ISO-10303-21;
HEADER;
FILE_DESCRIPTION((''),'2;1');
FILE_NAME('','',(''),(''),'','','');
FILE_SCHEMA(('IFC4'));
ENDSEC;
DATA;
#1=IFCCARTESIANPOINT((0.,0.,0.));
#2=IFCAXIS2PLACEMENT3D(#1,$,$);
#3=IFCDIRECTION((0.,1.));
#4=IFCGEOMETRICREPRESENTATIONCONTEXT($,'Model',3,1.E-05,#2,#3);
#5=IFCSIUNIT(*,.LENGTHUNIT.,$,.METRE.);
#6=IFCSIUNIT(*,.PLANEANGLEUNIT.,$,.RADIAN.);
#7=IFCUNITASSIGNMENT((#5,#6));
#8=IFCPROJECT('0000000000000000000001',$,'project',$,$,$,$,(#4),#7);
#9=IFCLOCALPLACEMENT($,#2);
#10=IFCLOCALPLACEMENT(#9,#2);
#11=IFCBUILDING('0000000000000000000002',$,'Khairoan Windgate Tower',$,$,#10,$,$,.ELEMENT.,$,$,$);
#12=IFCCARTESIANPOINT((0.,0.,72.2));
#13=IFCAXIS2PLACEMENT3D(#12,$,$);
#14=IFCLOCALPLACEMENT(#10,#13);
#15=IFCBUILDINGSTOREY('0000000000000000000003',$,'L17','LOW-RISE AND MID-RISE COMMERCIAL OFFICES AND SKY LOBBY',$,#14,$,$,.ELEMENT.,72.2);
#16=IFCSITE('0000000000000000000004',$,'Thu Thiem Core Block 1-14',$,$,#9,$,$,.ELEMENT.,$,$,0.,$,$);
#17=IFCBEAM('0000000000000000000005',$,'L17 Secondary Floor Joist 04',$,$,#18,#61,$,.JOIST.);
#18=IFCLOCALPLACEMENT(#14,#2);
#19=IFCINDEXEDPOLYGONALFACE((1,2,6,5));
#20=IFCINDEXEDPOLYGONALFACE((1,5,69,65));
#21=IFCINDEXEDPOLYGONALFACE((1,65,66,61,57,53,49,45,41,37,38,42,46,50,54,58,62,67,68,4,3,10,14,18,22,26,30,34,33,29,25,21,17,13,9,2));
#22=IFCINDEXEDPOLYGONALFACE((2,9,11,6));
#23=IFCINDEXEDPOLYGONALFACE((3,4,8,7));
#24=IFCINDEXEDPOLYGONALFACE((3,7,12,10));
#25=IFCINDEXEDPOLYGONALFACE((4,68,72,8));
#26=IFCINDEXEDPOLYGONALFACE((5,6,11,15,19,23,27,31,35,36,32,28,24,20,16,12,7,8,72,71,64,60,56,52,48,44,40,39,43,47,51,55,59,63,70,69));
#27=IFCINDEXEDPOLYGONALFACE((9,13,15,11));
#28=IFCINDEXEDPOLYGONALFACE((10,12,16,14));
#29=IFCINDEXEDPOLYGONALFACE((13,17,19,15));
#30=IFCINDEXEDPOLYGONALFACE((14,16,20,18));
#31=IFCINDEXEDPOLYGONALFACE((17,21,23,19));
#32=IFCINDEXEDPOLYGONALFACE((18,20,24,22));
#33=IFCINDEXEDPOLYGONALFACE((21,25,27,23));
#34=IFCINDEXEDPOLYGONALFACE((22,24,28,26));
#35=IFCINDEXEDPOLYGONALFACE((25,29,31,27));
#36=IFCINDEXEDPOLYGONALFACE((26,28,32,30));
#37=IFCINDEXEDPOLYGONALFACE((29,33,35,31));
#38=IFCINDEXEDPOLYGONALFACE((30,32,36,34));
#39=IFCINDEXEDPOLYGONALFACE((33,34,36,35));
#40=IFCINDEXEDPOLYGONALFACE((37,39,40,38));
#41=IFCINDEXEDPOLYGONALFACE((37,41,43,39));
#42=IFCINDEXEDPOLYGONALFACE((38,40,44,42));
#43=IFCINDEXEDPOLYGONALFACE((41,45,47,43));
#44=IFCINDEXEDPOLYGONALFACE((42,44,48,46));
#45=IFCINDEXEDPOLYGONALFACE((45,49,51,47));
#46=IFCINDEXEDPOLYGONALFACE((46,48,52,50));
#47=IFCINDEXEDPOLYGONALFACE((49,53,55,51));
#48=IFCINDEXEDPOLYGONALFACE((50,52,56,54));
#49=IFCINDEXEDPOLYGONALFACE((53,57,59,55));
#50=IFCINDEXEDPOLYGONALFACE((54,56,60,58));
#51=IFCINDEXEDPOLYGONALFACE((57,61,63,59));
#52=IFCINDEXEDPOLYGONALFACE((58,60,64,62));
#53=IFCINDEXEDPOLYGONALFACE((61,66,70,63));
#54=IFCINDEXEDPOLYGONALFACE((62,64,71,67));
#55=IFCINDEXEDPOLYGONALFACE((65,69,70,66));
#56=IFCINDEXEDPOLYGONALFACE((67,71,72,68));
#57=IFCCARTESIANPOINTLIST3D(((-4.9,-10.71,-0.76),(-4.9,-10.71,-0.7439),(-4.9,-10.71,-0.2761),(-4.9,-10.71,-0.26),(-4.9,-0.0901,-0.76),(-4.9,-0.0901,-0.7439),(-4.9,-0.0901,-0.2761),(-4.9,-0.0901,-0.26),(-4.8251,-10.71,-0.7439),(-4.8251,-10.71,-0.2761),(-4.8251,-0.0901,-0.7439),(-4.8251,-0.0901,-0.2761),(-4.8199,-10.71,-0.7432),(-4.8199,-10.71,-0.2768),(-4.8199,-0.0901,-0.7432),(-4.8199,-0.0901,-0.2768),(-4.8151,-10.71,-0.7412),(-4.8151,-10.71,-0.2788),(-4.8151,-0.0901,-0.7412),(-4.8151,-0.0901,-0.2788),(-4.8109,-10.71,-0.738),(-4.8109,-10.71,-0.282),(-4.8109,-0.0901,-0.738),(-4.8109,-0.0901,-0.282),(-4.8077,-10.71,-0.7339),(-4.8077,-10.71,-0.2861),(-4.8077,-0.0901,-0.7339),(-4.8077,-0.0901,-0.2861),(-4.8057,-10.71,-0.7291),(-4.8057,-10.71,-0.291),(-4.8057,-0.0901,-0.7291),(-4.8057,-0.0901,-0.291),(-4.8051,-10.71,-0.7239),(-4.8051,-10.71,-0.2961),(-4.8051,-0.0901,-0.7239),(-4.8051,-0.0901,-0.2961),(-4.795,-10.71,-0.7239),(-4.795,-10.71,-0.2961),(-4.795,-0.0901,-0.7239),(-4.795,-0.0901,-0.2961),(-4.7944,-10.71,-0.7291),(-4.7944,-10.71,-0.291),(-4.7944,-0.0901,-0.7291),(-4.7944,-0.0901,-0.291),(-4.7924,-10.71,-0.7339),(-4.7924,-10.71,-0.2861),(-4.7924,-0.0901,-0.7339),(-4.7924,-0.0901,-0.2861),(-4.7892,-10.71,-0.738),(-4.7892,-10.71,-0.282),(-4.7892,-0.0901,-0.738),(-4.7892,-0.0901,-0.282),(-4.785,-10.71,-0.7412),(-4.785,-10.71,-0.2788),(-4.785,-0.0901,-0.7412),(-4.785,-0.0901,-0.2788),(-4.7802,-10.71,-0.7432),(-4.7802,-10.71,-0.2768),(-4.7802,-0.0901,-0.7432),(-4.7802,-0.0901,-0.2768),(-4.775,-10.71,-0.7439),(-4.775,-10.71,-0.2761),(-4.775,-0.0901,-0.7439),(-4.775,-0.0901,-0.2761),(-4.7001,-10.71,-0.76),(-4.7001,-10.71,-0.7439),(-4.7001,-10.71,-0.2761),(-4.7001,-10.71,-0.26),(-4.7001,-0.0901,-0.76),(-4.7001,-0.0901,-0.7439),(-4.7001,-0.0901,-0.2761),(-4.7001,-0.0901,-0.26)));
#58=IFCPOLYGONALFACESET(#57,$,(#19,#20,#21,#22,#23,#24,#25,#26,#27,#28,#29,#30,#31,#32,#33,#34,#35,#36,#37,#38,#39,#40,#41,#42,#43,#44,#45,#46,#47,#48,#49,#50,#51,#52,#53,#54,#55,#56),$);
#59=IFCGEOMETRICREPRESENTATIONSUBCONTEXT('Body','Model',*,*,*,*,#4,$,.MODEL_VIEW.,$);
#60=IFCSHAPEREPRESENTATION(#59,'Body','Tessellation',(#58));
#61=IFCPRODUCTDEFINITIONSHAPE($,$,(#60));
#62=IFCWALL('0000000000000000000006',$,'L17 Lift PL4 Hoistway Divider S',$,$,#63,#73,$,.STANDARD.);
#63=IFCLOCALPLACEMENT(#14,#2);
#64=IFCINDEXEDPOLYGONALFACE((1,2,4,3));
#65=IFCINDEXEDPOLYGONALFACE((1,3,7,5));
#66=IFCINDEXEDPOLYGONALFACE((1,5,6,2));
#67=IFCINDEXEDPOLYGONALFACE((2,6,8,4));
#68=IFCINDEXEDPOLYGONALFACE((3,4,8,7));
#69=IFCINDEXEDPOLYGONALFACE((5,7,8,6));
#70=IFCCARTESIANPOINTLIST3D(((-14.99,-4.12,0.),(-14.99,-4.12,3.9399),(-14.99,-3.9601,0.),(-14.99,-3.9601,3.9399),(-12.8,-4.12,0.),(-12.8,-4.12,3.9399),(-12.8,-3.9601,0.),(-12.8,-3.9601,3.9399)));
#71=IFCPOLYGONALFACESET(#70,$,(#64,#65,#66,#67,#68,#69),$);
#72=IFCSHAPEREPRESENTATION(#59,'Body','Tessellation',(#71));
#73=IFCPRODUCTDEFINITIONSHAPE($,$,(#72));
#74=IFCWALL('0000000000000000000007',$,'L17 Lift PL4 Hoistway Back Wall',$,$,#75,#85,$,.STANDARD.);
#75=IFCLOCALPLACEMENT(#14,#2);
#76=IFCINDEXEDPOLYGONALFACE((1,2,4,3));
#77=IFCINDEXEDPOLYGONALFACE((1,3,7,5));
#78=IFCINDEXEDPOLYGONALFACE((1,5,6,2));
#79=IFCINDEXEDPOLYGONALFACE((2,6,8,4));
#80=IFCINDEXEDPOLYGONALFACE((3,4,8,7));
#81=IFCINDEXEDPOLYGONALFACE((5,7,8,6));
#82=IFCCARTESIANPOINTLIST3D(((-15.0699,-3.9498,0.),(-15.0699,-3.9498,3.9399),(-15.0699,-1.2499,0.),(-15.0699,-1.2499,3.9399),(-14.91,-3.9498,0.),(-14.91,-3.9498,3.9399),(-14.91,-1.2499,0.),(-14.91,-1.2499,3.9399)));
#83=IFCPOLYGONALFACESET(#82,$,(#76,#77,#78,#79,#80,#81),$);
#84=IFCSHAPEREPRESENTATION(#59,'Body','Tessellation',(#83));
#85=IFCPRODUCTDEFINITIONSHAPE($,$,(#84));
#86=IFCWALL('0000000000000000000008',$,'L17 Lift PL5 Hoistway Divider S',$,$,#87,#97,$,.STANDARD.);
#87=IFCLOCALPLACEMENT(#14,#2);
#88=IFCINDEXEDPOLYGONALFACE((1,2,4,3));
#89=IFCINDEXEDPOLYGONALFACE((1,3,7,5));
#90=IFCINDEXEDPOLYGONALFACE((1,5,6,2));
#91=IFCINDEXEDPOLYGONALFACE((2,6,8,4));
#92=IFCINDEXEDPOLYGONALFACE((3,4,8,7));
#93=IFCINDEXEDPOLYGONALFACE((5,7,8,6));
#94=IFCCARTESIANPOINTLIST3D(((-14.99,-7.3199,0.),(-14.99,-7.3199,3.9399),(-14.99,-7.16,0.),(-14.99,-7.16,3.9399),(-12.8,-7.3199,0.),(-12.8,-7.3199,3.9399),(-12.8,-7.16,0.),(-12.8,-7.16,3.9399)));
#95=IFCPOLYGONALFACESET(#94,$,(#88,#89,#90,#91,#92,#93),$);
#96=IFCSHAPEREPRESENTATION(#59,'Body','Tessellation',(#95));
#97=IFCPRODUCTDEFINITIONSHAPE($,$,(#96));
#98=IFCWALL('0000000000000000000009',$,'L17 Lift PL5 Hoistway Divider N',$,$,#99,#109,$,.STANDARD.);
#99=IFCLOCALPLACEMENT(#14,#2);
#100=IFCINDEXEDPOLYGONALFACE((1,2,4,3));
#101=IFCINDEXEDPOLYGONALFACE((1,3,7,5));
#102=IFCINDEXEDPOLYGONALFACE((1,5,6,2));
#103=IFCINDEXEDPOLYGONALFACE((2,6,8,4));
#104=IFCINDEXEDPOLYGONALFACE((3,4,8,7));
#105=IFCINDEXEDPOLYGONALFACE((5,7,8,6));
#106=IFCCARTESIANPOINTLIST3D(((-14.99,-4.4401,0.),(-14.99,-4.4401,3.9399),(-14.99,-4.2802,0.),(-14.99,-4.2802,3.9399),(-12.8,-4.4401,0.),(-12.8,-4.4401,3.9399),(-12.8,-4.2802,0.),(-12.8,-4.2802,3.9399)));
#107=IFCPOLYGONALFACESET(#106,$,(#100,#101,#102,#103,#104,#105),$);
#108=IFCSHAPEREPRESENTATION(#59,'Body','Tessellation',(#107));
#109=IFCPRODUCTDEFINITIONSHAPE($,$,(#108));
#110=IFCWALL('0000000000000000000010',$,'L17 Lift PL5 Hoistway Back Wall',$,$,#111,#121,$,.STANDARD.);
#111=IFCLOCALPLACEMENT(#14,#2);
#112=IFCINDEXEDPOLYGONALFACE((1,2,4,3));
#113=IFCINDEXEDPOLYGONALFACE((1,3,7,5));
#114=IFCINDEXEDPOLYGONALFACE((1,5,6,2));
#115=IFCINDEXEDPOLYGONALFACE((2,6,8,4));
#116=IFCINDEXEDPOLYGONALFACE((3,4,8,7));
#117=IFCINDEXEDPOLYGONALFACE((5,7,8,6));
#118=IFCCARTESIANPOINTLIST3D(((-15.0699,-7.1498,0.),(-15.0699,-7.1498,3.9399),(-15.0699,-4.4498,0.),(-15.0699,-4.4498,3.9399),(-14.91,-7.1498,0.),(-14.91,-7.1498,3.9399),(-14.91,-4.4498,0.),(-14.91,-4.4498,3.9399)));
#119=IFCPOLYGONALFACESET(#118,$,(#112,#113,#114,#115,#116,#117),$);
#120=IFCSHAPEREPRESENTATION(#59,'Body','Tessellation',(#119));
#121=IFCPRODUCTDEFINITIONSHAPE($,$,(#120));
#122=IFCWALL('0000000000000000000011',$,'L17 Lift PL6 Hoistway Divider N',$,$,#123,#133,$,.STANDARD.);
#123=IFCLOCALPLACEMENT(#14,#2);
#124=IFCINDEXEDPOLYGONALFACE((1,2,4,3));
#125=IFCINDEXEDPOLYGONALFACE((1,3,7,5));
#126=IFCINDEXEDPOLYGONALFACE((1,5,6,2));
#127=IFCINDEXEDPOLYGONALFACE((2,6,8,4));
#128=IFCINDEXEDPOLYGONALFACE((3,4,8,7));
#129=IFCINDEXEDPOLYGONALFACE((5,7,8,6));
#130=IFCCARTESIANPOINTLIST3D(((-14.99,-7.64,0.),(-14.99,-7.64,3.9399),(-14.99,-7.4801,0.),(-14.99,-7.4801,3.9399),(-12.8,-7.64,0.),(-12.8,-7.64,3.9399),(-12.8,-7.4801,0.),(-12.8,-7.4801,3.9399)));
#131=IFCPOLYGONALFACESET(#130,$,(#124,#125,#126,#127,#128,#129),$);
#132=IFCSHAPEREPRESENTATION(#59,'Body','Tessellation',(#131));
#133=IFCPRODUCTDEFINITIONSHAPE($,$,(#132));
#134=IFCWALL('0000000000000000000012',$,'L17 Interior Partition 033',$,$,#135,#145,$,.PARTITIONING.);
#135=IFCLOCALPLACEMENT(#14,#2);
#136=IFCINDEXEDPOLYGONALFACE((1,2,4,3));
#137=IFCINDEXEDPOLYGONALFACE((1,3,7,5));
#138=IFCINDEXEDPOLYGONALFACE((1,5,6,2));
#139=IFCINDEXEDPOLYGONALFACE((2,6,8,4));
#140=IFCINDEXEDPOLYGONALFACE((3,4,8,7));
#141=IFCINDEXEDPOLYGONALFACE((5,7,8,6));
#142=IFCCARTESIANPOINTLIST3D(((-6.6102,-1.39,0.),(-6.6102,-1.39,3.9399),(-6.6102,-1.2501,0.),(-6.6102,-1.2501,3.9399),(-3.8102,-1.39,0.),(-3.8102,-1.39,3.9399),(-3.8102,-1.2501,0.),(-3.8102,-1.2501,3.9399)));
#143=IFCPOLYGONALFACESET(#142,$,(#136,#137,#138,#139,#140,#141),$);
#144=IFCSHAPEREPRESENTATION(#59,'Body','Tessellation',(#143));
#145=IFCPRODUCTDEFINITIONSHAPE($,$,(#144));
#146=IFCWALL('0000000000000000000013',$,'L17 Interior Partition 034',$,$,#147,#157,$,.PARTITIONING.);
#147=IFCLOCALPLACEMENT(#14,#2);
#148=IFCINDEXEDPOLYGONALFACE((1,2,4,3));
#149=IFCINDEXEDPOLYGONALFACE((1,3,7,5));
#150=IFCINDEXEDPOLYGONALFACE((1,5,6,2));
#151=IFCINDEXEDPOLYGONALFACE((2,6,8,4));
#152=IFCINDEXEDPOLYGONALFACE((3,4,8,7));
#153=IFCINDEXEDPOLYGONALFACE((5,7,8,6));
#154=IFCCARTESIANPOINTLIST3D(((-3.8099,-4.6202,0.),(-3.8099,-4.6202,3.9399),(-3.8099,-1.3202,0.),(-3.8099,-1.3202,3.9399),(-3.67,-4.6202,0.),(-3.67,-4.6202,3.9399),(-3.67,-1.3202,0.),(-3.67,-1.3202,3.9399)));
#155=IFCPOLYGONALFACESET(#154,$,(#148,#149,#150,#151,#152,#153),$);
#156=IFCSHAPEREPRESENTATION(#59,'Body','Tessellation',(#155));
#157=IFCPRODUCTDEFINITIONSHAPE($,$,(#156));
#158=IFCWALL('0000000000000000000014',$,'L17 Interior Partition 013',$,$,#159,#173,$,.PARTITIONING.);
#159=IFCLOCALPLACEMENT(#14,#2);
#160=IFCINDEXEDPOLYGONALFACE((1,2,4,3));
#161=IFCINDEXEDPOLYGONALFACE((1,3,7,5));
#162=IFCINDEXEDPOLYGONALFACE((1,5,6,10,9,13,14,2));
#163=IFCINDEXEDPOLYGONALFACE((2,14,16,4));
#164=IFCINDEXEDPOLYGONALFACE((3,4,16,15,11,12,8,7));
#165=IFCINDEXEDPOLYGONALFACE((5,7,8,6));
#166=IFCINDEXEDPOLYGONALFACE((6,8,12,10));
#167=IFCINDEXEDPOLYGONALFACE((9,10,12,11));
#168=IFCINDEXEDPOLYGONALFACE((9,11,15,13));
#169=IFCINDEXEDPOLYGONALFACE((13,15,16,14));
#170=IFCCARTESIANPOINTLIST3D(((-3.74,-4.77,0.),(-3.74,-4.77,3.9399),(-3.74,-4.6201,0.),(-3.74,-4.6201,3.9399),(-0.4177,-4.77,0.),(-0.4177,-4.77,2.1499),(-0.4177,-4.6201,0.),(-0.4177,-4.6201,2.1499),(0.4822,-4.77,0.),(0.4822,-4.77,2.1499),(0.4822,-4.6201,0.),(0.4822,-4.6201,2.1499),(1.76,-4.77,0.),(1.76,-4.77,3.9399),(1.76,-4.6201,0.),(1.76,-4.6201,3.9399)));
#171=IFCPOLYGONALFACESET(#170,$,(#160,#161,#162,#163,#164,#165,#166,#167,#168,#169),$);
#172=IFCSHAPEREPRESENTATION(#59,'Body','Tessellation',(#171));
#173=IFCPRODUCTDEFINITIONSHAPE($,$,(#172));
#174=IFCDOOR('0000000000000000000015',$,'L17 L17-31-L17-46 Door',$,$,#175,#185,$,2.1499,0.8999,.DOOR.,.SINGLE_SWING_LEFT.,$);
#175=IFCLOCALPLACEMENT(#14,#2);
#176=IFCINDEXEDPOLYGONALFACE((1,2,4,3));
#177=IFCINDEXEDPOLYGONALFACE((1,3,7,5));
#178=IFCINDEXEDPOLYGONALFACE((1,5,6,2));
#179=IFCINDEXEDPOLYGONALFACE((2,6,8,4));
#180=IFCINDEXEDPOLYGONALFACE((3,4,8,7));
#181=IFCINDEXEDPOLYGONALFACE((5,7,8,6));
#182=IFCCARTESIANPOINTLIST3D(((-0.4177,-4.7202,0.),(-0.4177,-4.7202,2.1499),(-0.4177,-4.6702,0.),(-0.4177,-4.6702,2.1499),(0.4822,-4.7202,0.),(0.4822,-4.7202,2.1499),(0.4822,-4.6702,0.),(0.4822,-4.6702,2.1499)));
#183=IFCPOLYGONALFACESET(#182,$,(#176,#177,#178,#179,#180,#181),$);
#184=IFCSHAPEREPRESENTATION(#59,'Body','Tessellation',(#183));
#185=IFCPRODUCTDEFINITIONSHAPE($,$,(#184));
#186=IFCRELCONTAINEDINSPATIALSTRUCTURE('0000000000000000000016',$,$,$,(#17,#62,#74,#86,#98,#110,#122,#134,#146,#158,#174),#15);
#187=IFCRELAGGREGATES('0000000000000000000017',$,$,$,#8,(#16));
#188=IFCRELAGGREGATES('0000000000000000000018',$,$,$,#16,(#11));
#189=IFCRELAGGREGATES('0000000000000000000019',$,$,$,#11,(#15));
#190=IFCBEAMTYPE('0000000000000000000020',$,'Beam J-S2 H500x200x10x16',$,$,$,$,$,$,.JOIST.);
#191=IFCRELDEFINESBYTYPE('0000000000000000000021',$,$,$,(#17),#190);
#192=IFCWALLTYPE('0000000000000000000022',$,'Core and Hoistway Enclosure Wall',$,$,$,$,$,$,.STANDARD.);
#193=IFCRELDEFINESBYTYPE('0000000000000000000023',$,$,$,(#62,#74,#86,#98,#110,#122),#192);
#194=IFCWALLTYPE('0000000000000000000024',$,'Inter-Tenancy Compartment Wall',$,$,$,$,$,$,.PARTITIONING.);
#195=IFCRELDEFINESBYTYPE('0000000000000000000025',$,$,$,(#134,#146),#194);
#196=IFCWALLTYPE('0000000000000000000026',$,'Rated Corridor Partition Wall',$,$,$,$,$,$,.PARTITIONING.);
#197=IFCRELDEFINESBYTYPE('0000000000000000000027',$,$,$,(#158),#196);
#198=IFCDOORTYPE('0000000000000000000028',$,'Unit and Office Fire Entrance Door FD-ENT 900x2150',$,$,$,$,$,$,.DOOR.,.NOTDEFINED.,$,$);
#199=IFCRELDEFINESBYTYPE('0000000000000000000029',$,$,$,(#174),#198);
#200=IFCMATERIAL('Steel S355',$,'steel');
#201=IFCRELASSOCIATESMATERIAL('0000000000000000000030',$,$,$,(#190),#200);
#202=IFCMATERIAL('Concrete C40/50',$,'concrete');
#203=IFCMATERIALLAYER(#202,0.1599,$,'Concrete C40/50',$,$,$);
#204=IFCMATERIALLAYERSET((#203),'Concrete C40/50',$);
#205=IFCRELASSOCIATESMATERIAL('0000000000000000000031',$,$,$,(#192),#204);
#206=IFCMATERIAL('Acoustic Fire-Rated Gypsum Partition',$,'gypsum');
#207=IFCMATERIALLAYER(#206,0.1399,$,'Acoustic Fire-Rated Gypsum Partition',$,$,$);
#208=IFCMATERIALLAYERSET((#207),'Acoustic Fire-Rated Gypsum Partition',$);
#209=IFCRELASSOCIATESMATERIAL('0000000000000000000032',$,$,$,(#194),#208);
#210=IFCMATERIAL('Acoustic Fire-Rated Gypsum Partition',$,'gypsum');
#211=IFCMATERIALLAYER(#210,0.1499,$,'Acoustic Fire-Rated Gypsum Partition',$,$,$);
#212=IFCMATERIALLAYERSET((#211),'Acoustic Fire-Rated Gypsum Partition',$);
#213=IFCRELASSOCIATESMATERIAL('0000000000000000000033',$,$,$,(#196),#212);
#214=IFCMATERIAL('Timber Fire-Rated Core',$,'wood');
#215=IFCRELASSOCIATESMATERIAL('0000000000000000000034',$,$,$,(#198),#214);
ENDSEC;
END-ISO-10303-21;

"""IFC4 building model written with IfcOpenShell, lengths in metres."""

from ifc_helpers import new_model, si_unit, direction, frame, frame_2d, origin, origin_2d, place, context, subcontext, project, spatial, rectangle, i_section, extrude, material, layer, layer_set, material_profile, profile_set, type_object, element, fill, save


model = new_model("IFC4")

# Units and contexts
model_context = context("Model", 3, precision=1e-05, world=origin(), true_north=direction((0.0, 1.0)))
body_context = subcontext(model_context, "Body", "Model", "MODEL_VIEW")
ifc_project = project(units=[si_unit("LENGTHUNIT", "METRE"), si_unit("PLANEANGLEUNIT", "RADIAN")], contexts=[model_context])

# Site, building, storey
site_placement = place(None, origin())
site = spatial("IfcSite", under=ifc_project, at=site_placement, Name="Thu Thiem Core Block 1-14", CompositionType="ELEMENT", RefElevation=0.0)
building_placement = place(site_placement, origin())
building = spatial("IfcBuilding", under=site, at=building_placement, Name="Khairoan Windgate Tower", CompositionType="ELEMENT")
storey_placement = place(building_placement, frame((0.0, 0.0, 72.2)))
storey = spatial("IfcBuildingStorey", under=building, at=storey_placement, Name="L17", Description="LOW-RISE AND MID-RISE COMMERCIAL OFFICES AND SKY LOBBY", CompositionType="ELEMENT", Elevation=72.2)

# Beam
ifc_material_1 = material(Name="Steel S355", Category="steel")
ifc_material_profile_1 = material_profile(ifc_material_1, i_section(OverallWidth=0.2, OverallDepth=0.5, WebThickness=0.01, FlangeThickness=0.0161, FilletRadius=0.02, at=origin_2d()))
ifc_profile_set_1 = profile_set([ifc_material_profile_1], Name="Steel S355")
beam_type_1 = type_object("IfcBeamType", Name="Beam J-S2 H500x200x10x16", PredefinedType="JOIST", material=ifc_profile_set_1)
beam_1_placement = place(storey_placement, frame((-4.8, -10.71, -0.51), z_axis=(0.0, 1.0, 0.0), x_axis=(-1.0, 0.0, 0.0)))
element("IfcBeam", 1, at=beam_1_placement, inside=storey, type_object=beam_type_1, Name="L17 Secondary Floor Joist 04", PredefinedType="JOIST", context=body_context, shape_type="SweptSolid", body=[
    extrude(i_section(OverallWidth=0.2, OverallDepth=0.5, WebThickness=0.01, FlangeThickness=0.0161, FilletRadius=0.02, at=origin_2d()), origin(), (0.0, 0.0, 1.0), 10.6199),
])

# Walls
ifc_material_2 = material(Name="Concrete C40/50", Category="concrete")
ifc_layer_1 = layer(ifc_material_2, 0.1599, Name="Concrete C40/50")
ifc_layer_set_1 = layer_set([ifc_layer_1], Name="Concrete C40/50")
wall_type_1 = type_object("IfcWallType", Name="Core and Hoistway Enclosure Wall", PredefinedType="STANDARD", material=ifc_layer_set_1)
wall_1_placement = place(storey_placement, frame((-14.99, -4.04, 0.0), z_axis=(0.0, 0.0, 1.0), x_axis=(1.0, 0.0, 0.0)))
element("IfcWall", 2, at=wall_1_placement, inside=storey, type_object=wall_type_1, Name="L17 Lift PL4 Hoistway Divider S", PredefinedType="STANDARD", context=body_context, shape_type="SweptSolid", body=[
    extrude(rectangle(XDim=2.1899, YDim=0.1599, at=frame_2d((1.095, 0.0))), origin(), (0.0, 0.0, 1.0), 3.9399),
])
wall_2_placement = place(storey_placement, frame((-14.99, -3.95, 0.0), z_axis=(0.0, 0.0, 1.0), x_axis=(0.0, 1.0, 0.0)))
element("IfcWall", 3, at=wall_2_placement, inside=storey, type_object=wall_type_1, Name="L17 Lift PL4 Hoistway Back Wall", PredefinedType="STANDARD", context=body_context, shape_type="SweptSolid", body=[
    extrude(rectangle(XDim=2.7, YDim=0.1599, at=frame_2d((1.3501, 0.0))), origin(), (0.0, 0.0, 1.0), 3.9399),
])
for number, where, z_axis, x_axis, name in (
    (4, (-14.99, -7.24, 0.0), (0.0, 0.0, 1.0), (1.0, 0.0, 0.0), "L17 Lift PL5 Hoistway Divider S"),
    (5, (-14.99, -4.3601, 0.0), (0.0, 0.0, 1.0), (1.0, 0.0, 0.0), "L17 Lift PL5 Hoistway Divider N"),
):
    element("IfcWall", number, at=place(storey_placement, frame(where, z_axis=z_axis, x_axis=x_axis)), inside=storey, type_object=wall_type_1, Name=name, PredefinedType="STANDARD", context=body_context, shape_type="SweptSolid", body=[
        extrude(rectangle(XDim=2.1899, YDim=0.1599, at=frame_2d((1.095, 0.0))), origin(), (0.0, 0.0, 1.0), 3.9399),
    ])
wall_3_placement = place(storey_placement, frame((-14.99, -7.1499, 0.0), z_axis=(0.0, 0.0, 1.0), x_axis=(0.0, 1.0, 0.0)))
element("IfcWall", 6, at=wall_3_placement, inside=storey, type_object=wall_type_1, Name="L17 Lift PL5 Hoistway Back Wall", PredefinedType="STANDARD", context=body_context, shape_type="SweptSolid", body=[
    extrude(rectangle(XDim=2.7, YDim=0.1599, at=frame_2d((1.3501, 0.0))), origin(), (0.0, 0.0, 1.0), 3.9399),
])
wall_4_placement = place(storey_placement, frame((-14.99, -7.5601, 0.0), z_axis=(0.0, 0.0, 1.0), x_axis=(1.0, 0.0, 0.0)))
element("IfcWall", 7, at=wall_4_placement, inside=storey, type_object=wall_type_1, Name="L17 Lift PL6 Hoistway Divider N", PredefinedType="STANDARD", context=body_context, shape_type="SweptSolid", body=[
    extrude(rectangle(XDim=2.1899, YDim=0.1599, at=frame_2d((1.095, 0.0))), origin(), (0.0, 0.0, 1.0), 3.9399),
])
ifc_material_3 = material(Name="Acoustic Fire-Rated Gypsum Partition", Category="gypsum")
ifc_layer_2 = layer(ifc_material_3, 0.1399, Name="Acoustic Fire-Rated Gypsum Partition")
ifc_layer_set_2 = layer_set([ifc_layer_2], Name="Acoustic Fire-Rated Gypsum Partition")
wall_type_2 = type_object("IfcWallType", Name="Inter-Tenancy Compartment Wall", PredefinedType="PARTITIONING", material=ifc_layer_set_2)
wall_5_placement = place(storey_placement, frame((-6.6101, -1.3201, 0.0), z_axis=(0.0, 0.0, 1.0), x_axis=(1.0, 0.0, 0.0)))
element("IfcWall", 8, at=wall_5_placement, inside=storey, type_object=wall_type_2, Name="L17 Interior Partition 033", PredefinedType="PARTITIONING", context=body_context, shape_type="SweptSolid", body=[
    extrude(rectangle(XDim=2.8, YDim=0.1399, at=frame_2d((1.3999, 0.0))), origin(), (0.0, 0.0, 1.0), 3.9399),
])
wall_6_placement = place(storey_placement, frame((-3.74, -4.6201, 0.0), z_axis=(0.0, 0.0, 1.0), x_axis=(0.0, 1.0, 0.0)))
element("IfcWall", 9, at=wall_6_placement, inside=storey, type_object=wall_type_2, Name="L17 Interior Partition 034", PredefinedType="PARTITIONING", context=body_context, shape_type="SweptSolid", body=[
    extrude(rectangle(XDim=3.3, YDim=0.1399, at=frame_2d((1.6499, 0.0))), origin(), (0.0, 0.0, 1.0), 3.9399),
])

# Wall, opening, door
ifc_material_4 = material(Name="Acoustic Fire-Rated Gypsum Partition", Category="gypsum")
ifc_layer_3 = layer(ifc_material_4, 0.1499, Name="Acoustic Fire-Rated Gypsum Partition")
ifc_layer_set_3 = layer_set([ifc_layer_3], Name="Acoustic Fire-Rated Gypsum Partition")
wall_type_3 = type_object("IfcWallType", Name="Rated Corridor Partition Wall", PredefinedType="PARTITIONING", material=ifc_layer_set_3)
ifc_material_5 = material(Name="Timber Fire-Rated Core", Category="wood")
door_type = type_object("IfcDoorType", Name="Unit and Office Fire Entrance Door FD-ENT 900x2150", OperationType="NOTDEFINED", PredefinedType="DOOR", material=ifc_material_5)
wall_7_placement = place(storey_placement, frame((-3.74, -4.6951, 0.0), z_axis=(0.0, 0.0, 1.0), x_axis=(1.0, 0.0, 0.0)))
wall_7 = element("IfcWall", 10, at=wall_7_placement, inside=storey, type_object=wall_type_3, Name="L17 Interior Partition 013", PredefinedType="PARTITIONING", context=body_context, shape_type="SweptSolid", body=[
    extrude(rectangle(XDim=5.5, YDim=0.1499, at=frame_2d((2.75, 0.0))), origin(), (0.0, 0.0, 1.0), 3.9399),
])
opening_1_placement = place(wall_7_placement, frame((3.3223, 0.0, 0.0)))
opening_1 = element("IfcOpeningElement", 11, at=opening_1_placement, cuts=wall_7, PredefinedType="OPENING", context=body_context, shape_type="SweptSolid", body=[
    extrude(rectangle(XDim=0.8999, YDim=2.1499, at=frame_2d((0.45, 1.075))), frame((0.0, 0.085, 0.0), z_axis=(0.0, -1.0, 0.0), x_axis=(1.0, 0.0, 0.0)), (0.0, 0.0, 1.0), 0.1699),
])
door_1_placement = place(opening_1_placement, origin())
door_1 = element("IfcDoor", 12, at=door_1_placement, inside=storey, type_object=door_type, Name="L17 L17-31-L17-46 Door", OperationType="SINGLE_SWING_LEFT", OverallHeight=2.1499, OverallWidth=0.8999, PredefinedType="DOOR", context=body_context, shape_type="SweptSolid", body=[
    extrude(rectangle(XDim=0.8999, YDim=2.1499, at=frame_2d((0.45, 1.075))), frame((0.0, 0.0249, 0.0), z_axis=(0.0, -1.0, 0.0), x_axis=(1.0, 0.0, 0.0)), (0.0, 0.0, 1.0), 0.05),
])
fill(opening_1, door_1)

save(model, "model.ifc")
